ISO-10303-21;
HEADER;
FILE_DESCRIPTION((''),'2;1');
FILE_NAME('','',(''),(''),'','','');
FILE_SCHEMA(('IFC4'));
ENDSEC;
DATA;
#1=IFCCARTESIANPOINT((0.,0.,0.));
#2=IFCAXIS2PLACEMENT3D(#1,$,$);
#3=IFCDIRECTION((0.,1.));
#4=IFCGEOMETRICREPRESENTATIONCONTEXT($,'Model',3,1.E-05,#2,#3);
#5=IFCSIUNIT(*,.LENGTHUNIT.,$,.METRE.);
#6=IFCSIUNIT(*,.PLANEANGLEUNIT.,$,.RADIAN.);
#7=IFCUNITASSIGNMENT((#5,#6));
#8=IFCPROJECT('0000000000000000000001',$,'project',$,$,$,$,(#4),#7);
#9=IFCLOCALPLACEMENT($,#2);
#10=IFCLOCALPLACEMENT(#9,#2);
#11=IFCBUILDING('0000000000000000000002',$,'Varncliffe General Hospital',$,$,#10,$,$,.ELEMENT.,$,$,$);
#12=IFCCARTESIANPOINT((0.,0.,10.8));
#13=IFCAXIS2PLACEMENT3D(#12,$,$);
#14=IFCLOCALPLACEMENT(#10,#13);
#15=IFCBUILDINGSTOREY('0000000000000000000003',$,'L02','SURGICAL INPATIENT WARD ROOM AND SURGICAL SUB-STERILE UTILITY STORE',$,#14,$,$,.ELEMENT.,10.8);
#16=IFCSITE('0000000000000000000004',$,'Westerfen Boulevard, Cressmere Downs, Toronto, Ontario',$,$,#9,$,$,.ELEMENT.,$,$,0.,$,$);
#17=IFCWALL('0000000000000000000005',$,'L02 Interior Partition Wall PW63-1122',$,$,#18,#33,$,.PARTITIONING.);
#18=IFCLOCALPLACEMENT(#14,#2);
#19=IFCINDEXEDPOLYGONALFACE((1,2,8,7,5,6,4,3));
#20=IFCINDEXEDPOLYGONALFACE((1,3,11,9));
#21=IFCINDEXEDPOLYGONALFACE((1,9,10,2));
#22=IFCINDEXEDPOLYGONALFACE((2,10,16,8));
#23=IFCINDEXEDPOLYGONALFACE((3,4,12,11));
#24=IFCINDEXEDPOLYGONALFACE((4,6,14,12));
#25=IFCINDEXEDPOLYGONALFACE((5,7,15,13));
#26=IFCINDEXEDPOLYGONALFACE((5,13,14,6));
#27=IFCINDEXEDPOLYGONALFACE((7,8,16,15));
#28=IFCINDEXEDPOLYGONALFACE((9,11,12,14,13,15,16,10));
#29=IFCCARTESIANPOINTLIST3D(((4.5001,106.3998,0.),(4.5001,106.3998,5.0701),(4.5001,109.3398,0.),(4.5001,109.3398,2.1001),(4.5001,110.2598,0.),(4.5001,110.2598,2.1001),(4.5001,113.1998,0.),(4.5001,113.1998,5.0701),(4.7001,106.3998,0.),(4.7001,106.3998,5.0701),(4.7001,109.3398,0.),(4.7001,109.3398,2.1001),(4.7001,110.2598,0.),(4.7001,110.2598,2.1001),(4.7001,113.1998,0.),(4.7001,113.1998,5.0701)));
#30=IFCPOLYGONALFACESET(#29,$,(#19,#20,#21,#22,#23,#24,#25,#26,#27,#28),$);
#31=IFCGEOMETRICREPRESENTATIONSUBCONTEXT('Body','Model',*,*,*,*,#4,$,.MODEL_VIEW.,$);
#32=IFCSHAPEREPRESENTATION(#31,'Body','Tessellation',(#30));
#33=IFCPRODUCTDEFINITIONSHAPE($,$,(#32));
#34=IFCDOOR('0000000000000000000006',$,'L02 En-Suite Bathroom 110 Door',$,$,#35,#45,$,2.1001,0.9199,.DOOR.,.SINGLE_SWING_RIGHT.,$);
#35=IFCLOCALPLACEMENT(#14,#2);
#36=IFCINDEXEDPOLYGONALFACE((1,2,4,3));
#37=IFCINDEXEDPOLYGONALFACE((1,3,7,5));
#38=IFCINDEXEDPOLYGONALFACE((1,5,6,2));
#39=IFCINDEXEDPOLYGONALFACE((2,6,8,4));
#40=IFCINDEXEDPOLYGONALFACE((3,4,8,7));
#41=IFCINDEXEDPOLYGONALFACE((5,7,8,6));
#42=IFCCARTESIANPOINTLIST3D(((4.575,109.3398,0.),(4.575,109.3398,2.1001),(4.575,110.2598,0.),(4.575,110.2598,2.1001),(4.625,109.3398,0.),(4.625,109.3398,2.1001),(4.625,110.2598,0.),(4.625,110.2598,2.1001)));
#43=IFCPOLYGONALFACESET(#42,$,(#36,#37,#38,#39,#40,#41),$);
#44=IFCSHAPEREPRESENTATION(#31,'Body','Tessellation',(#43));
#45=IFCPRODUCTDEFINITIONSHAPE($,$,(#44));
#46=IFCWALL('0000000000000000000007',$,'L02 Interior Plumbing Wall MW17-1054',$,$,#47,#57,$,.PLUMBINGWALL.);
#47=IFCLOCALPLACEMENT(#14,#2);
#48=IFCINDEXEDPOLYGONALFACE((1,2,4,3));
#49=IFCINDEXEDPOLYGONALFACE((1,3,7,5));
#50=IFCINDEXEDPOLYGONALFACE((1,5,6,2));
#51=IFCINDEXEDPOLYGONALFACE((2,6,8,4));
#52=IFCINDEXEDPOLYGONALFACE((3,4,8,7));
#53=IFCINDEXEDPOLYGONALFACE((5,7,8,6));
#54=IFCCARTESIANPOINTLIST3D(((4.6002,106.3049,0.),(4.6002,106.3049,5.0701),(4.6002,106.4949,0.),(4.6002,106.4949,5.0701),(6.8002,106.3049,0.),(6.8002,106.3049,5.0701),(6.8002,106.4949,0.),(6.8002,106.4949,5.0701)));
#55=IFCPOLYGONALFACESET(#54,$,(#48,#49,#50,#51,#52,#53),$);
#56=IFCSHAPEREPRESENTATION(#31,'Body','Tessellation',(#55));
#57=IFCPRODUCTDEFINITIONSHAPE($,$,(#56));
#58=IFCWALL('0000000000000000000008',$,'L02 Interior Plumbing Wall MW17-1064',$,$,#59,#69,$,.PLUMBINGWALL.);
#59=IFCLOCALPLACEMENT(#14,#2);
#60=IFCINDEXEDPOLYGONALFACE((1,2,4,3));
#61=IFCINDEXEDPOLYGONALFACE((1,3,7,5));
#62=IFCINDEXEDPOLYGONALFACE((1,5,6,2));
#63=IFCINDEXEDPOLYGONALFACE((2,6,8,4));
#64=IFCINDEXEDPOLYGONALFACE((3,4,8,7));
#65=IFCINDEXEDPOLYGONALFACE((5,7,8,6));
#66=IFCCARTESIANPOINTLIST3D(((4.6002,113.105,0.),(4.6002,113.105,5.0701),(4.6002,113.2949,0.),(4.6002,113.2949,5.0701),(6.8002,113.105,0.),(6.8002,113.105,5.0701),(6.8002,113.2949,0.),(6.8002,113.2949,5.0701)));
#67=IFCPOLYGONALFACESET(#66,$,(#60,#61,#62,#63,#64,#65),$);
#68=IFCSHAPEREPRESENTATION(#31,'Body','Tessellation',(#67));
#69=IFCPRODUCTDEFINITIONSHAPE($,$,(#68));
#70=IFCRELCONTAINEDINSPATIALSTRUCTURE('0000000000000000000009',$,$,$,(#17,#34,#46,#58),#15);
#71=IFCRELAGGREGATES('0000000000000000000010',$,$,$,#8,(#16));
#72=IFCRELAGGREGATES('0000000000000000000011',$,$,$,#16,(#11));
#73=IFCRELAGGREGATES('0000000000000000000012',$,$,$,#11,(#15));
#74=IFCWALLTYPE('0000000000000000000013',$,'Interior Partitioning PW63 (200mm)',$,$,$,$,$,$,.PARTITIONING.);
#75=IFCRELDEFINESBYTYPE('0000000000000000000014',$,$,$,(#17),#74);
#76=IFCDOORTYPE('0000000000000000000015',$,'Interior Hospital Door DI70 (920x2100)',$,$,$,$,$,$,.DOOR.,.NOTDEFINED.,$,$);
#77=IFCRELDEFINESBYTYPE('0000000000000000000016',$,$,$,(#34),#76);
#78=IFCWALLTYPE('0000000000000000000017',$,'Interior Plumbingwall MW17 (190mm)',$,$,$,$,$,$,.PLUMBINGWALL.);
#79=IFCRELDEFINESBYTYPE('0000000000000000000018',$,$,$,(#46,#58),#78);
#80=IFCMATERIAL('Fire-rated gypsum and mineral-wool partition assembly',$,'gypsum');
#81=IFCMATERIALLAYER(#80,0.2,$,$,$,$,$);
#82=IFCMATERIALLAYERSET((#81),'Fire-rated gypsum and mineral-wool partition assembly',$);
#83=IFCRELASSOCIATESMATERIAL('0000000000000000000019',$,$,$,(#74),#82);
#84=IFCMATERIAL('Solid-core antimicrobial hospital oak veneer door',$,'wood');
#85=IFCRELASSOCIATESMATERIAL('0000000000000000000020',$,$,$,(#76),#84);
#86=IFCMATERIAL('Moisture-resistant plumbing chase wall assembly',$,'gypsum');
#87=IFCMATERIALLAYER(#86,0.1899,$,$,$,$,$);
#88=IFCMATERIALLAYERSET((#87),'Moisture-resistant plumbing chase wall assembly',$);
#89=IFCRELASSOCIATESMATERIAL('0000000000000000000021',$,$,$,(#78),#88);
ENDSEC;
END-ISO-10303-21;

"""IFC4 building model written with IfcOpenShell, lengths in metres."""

from ifc_helpers import new_model, si_unit, direction, frame, frame_2d, origin, place, context, subcontext, project, spatial, rectangle, extrude, material, layer, layer_set, type_object, element, fill, save


model = new_model("IFC4")

# Units and contexts
model_context = context("Model", 3, precision=1e-05, world=origin(), true_north=direction((0.0, 1.0)))
body_context = subcontext(model_context, "Body", "Model", "MODEL_VIEW")
ifc_project = project(units=[si_unit("LENGTHUNIT", "METRE"), si_unit("PLANEANGLEUNIT", "RADIAN")], contexts=[model_context])

# Site, building, storey
site_placement = place(None, origin())
site = spatial("IfcSite", under=ifc_project, at=site_placement, Name="Westerfen Boulevard, Cressmere Downs, Toronto, Ontario", CompositionType="ELEMENT", RefElevation=0.0)
building_placement = place(site_placement, origin())
building = spatial("IfcBuilding", under=site, at=building_placement, Name="Varncliffe General Hospital", CompositionType="ELEMENT")
storey_placement = place(building_placement, frame((0.0, 0.0, 10.8)))
storey = spatial("IfcBuildingStorey", under=building, at=storey_placement, Name="L02", Description="SURGICAL INPATIENT WARD ROOM AND SURGICAL SUB-STERILE UTILITY STORE", CompositionType="ELEMENT", Elevation=10.8)

# Shared definitions
ifc_material_1 = material(Name="Fire-rated gypsum and mineral-wool partition assembly", Category="gypsum")

# Wall, opening, door
ifc_layer_1 = layer(ifc_material_1, 0.2)
ifc_layer_set_1 = layer_set([ifc_layer_1], Name="Fire-rated gypsum and mineral-wool partition assembly")
wall_type_1 = type_object("IfcWallType", Name="Interior Partitioning PW63 (200mm)", PredefinedType="PARTITIONING", material=ifc_layer_set_1)
wall_1_placement = place(storey_placement, frame((4.6001, 106.3999, 0.0), z_axis=(0.0, 0.0, 1.0), x_axis=(0.0, 1.0, 0.0)))
wall_1 = element("IfcWall", 1, at=wall_1_placement, inside=storey, type_object=wall_type_1, Name="L02 Interior Partition Wall PW63-1122", PredefinedType="PARTITIONING", context=body_context, shape_type="SweptSolid", body=[
    extrude(rectangle(XDim=6.8, YDim=0.2, at=frame_2d((3.3999, 0.0))), origin(), (0.0, 0.0, 1.0), 5.0701),
])
opening_1_placement = place(wall_1_placement, frame((2.9399, 0.0, 0.0)))
opening_1 = element("IfcOpeningElement", 2, at=opening_1_placement, cuts=wall_1, PredefinedType="OPENING", context=body_context, shape_type="SweptSolid", body=[
    extrude(rectangle(XDim=0.9199, YDim=2.1001, at=frame_2d((0.46, 1.05))), frame((0.0, 0.1099, 0.0), z_axis=(0.0, -1.0, 0.0), x_axis=(1.0, 0.0, 0.0)), (0.0, 0.0, 1.0), 0.22),
])
ifc_material_2 = material(Name="Solid-core antimicrobial hospital oak veneer door", Category="wood")
door_type_1 = type_object("IfcDoorType", Name="Interior Hospital Door DI70 (920x2100)", OperationType="NOTDEFINED", PredefinedType="DOOR", material=ifc_material_2)
door_1_placement = place(opening_1_placement, frame((0.9199, 0.0, 0.0), z_axis=(0.0, 0.0, 1.0), x_axis=(-1.0, 0.0, 0.0)))
door_1 = element("IfcDoor", 3, at=door_1_placement, inside=storey, type_object=door_type_1, Name="L02 En-Suite Bathroom 110 Door", OperationType="SINGLE_SWING_RIGHT", OverallHeight=2.1001, OverallWidth=0.9199, PredefinedType="DOOR", context=body_context, shape_type="SweptSolid", body=[
    extrude(rectangle(XDim=0.9199, YDim=2.1001, at=frame_2d((0.46, 1.05))), frame((0.0, 0.0249, 0.0), z_axis=(0.0, -1.0, 0.0), x_axis=(1.0, 0.0, 0.0)), (0.0, 0.0, 1.0), 0.05),
])
fill(opening_1, door_1)

# Walls
ifc_material_3 = material(Name="Moisture-resistant plumbing chase wall assembly", Category="gypsum")
ifc_layer_2 = layer(ifc_material_3, 0.1899)
ifc_layer_set_2 = layer_set([ifc_layer_2], Name="Moisture-resistant plumbing chase wall assembly")
wall_type_2 = type_object("IfcWallType", Name="Interior Plumbingwall MW17 (190mm)", PredefinedType="PLUMBINGWALL", material=ifc_layer_set_2)
for number, where, z_axis, x_axis, name in (
    (4, (4.6001, 106.3999, 0.0), (0.0, 0.0, 1.0), (1.0, 0.0, 0.0), "L02 Interior Plumbing Wall MW17-1054"),
    (5, (4.6001, 113.2, 0.0), (0.0, 0.0, 1.0), (1.0, 0.0, 0.0), "L02 Interior Plumbing Wall MW17-1064"),
):
    element("IfcWall", number, at=place(storey_placement, frame(where, z_axis=z_axis, x_axis=x_axis)), inside=storey, type_object=wall_type_2, Name=name, PredefinedType="PLUMBINGWALL", context=body_context, shape_type="SweptSolid", body=[
        extrude(rectangle(XDim=2.2, YDim=0.1899, at=frame_2d((1.1001, 0.0))), origin(), (0.0, 0.0, 1.0), 5.0701),
    ])

save(model, "model.ifc")
